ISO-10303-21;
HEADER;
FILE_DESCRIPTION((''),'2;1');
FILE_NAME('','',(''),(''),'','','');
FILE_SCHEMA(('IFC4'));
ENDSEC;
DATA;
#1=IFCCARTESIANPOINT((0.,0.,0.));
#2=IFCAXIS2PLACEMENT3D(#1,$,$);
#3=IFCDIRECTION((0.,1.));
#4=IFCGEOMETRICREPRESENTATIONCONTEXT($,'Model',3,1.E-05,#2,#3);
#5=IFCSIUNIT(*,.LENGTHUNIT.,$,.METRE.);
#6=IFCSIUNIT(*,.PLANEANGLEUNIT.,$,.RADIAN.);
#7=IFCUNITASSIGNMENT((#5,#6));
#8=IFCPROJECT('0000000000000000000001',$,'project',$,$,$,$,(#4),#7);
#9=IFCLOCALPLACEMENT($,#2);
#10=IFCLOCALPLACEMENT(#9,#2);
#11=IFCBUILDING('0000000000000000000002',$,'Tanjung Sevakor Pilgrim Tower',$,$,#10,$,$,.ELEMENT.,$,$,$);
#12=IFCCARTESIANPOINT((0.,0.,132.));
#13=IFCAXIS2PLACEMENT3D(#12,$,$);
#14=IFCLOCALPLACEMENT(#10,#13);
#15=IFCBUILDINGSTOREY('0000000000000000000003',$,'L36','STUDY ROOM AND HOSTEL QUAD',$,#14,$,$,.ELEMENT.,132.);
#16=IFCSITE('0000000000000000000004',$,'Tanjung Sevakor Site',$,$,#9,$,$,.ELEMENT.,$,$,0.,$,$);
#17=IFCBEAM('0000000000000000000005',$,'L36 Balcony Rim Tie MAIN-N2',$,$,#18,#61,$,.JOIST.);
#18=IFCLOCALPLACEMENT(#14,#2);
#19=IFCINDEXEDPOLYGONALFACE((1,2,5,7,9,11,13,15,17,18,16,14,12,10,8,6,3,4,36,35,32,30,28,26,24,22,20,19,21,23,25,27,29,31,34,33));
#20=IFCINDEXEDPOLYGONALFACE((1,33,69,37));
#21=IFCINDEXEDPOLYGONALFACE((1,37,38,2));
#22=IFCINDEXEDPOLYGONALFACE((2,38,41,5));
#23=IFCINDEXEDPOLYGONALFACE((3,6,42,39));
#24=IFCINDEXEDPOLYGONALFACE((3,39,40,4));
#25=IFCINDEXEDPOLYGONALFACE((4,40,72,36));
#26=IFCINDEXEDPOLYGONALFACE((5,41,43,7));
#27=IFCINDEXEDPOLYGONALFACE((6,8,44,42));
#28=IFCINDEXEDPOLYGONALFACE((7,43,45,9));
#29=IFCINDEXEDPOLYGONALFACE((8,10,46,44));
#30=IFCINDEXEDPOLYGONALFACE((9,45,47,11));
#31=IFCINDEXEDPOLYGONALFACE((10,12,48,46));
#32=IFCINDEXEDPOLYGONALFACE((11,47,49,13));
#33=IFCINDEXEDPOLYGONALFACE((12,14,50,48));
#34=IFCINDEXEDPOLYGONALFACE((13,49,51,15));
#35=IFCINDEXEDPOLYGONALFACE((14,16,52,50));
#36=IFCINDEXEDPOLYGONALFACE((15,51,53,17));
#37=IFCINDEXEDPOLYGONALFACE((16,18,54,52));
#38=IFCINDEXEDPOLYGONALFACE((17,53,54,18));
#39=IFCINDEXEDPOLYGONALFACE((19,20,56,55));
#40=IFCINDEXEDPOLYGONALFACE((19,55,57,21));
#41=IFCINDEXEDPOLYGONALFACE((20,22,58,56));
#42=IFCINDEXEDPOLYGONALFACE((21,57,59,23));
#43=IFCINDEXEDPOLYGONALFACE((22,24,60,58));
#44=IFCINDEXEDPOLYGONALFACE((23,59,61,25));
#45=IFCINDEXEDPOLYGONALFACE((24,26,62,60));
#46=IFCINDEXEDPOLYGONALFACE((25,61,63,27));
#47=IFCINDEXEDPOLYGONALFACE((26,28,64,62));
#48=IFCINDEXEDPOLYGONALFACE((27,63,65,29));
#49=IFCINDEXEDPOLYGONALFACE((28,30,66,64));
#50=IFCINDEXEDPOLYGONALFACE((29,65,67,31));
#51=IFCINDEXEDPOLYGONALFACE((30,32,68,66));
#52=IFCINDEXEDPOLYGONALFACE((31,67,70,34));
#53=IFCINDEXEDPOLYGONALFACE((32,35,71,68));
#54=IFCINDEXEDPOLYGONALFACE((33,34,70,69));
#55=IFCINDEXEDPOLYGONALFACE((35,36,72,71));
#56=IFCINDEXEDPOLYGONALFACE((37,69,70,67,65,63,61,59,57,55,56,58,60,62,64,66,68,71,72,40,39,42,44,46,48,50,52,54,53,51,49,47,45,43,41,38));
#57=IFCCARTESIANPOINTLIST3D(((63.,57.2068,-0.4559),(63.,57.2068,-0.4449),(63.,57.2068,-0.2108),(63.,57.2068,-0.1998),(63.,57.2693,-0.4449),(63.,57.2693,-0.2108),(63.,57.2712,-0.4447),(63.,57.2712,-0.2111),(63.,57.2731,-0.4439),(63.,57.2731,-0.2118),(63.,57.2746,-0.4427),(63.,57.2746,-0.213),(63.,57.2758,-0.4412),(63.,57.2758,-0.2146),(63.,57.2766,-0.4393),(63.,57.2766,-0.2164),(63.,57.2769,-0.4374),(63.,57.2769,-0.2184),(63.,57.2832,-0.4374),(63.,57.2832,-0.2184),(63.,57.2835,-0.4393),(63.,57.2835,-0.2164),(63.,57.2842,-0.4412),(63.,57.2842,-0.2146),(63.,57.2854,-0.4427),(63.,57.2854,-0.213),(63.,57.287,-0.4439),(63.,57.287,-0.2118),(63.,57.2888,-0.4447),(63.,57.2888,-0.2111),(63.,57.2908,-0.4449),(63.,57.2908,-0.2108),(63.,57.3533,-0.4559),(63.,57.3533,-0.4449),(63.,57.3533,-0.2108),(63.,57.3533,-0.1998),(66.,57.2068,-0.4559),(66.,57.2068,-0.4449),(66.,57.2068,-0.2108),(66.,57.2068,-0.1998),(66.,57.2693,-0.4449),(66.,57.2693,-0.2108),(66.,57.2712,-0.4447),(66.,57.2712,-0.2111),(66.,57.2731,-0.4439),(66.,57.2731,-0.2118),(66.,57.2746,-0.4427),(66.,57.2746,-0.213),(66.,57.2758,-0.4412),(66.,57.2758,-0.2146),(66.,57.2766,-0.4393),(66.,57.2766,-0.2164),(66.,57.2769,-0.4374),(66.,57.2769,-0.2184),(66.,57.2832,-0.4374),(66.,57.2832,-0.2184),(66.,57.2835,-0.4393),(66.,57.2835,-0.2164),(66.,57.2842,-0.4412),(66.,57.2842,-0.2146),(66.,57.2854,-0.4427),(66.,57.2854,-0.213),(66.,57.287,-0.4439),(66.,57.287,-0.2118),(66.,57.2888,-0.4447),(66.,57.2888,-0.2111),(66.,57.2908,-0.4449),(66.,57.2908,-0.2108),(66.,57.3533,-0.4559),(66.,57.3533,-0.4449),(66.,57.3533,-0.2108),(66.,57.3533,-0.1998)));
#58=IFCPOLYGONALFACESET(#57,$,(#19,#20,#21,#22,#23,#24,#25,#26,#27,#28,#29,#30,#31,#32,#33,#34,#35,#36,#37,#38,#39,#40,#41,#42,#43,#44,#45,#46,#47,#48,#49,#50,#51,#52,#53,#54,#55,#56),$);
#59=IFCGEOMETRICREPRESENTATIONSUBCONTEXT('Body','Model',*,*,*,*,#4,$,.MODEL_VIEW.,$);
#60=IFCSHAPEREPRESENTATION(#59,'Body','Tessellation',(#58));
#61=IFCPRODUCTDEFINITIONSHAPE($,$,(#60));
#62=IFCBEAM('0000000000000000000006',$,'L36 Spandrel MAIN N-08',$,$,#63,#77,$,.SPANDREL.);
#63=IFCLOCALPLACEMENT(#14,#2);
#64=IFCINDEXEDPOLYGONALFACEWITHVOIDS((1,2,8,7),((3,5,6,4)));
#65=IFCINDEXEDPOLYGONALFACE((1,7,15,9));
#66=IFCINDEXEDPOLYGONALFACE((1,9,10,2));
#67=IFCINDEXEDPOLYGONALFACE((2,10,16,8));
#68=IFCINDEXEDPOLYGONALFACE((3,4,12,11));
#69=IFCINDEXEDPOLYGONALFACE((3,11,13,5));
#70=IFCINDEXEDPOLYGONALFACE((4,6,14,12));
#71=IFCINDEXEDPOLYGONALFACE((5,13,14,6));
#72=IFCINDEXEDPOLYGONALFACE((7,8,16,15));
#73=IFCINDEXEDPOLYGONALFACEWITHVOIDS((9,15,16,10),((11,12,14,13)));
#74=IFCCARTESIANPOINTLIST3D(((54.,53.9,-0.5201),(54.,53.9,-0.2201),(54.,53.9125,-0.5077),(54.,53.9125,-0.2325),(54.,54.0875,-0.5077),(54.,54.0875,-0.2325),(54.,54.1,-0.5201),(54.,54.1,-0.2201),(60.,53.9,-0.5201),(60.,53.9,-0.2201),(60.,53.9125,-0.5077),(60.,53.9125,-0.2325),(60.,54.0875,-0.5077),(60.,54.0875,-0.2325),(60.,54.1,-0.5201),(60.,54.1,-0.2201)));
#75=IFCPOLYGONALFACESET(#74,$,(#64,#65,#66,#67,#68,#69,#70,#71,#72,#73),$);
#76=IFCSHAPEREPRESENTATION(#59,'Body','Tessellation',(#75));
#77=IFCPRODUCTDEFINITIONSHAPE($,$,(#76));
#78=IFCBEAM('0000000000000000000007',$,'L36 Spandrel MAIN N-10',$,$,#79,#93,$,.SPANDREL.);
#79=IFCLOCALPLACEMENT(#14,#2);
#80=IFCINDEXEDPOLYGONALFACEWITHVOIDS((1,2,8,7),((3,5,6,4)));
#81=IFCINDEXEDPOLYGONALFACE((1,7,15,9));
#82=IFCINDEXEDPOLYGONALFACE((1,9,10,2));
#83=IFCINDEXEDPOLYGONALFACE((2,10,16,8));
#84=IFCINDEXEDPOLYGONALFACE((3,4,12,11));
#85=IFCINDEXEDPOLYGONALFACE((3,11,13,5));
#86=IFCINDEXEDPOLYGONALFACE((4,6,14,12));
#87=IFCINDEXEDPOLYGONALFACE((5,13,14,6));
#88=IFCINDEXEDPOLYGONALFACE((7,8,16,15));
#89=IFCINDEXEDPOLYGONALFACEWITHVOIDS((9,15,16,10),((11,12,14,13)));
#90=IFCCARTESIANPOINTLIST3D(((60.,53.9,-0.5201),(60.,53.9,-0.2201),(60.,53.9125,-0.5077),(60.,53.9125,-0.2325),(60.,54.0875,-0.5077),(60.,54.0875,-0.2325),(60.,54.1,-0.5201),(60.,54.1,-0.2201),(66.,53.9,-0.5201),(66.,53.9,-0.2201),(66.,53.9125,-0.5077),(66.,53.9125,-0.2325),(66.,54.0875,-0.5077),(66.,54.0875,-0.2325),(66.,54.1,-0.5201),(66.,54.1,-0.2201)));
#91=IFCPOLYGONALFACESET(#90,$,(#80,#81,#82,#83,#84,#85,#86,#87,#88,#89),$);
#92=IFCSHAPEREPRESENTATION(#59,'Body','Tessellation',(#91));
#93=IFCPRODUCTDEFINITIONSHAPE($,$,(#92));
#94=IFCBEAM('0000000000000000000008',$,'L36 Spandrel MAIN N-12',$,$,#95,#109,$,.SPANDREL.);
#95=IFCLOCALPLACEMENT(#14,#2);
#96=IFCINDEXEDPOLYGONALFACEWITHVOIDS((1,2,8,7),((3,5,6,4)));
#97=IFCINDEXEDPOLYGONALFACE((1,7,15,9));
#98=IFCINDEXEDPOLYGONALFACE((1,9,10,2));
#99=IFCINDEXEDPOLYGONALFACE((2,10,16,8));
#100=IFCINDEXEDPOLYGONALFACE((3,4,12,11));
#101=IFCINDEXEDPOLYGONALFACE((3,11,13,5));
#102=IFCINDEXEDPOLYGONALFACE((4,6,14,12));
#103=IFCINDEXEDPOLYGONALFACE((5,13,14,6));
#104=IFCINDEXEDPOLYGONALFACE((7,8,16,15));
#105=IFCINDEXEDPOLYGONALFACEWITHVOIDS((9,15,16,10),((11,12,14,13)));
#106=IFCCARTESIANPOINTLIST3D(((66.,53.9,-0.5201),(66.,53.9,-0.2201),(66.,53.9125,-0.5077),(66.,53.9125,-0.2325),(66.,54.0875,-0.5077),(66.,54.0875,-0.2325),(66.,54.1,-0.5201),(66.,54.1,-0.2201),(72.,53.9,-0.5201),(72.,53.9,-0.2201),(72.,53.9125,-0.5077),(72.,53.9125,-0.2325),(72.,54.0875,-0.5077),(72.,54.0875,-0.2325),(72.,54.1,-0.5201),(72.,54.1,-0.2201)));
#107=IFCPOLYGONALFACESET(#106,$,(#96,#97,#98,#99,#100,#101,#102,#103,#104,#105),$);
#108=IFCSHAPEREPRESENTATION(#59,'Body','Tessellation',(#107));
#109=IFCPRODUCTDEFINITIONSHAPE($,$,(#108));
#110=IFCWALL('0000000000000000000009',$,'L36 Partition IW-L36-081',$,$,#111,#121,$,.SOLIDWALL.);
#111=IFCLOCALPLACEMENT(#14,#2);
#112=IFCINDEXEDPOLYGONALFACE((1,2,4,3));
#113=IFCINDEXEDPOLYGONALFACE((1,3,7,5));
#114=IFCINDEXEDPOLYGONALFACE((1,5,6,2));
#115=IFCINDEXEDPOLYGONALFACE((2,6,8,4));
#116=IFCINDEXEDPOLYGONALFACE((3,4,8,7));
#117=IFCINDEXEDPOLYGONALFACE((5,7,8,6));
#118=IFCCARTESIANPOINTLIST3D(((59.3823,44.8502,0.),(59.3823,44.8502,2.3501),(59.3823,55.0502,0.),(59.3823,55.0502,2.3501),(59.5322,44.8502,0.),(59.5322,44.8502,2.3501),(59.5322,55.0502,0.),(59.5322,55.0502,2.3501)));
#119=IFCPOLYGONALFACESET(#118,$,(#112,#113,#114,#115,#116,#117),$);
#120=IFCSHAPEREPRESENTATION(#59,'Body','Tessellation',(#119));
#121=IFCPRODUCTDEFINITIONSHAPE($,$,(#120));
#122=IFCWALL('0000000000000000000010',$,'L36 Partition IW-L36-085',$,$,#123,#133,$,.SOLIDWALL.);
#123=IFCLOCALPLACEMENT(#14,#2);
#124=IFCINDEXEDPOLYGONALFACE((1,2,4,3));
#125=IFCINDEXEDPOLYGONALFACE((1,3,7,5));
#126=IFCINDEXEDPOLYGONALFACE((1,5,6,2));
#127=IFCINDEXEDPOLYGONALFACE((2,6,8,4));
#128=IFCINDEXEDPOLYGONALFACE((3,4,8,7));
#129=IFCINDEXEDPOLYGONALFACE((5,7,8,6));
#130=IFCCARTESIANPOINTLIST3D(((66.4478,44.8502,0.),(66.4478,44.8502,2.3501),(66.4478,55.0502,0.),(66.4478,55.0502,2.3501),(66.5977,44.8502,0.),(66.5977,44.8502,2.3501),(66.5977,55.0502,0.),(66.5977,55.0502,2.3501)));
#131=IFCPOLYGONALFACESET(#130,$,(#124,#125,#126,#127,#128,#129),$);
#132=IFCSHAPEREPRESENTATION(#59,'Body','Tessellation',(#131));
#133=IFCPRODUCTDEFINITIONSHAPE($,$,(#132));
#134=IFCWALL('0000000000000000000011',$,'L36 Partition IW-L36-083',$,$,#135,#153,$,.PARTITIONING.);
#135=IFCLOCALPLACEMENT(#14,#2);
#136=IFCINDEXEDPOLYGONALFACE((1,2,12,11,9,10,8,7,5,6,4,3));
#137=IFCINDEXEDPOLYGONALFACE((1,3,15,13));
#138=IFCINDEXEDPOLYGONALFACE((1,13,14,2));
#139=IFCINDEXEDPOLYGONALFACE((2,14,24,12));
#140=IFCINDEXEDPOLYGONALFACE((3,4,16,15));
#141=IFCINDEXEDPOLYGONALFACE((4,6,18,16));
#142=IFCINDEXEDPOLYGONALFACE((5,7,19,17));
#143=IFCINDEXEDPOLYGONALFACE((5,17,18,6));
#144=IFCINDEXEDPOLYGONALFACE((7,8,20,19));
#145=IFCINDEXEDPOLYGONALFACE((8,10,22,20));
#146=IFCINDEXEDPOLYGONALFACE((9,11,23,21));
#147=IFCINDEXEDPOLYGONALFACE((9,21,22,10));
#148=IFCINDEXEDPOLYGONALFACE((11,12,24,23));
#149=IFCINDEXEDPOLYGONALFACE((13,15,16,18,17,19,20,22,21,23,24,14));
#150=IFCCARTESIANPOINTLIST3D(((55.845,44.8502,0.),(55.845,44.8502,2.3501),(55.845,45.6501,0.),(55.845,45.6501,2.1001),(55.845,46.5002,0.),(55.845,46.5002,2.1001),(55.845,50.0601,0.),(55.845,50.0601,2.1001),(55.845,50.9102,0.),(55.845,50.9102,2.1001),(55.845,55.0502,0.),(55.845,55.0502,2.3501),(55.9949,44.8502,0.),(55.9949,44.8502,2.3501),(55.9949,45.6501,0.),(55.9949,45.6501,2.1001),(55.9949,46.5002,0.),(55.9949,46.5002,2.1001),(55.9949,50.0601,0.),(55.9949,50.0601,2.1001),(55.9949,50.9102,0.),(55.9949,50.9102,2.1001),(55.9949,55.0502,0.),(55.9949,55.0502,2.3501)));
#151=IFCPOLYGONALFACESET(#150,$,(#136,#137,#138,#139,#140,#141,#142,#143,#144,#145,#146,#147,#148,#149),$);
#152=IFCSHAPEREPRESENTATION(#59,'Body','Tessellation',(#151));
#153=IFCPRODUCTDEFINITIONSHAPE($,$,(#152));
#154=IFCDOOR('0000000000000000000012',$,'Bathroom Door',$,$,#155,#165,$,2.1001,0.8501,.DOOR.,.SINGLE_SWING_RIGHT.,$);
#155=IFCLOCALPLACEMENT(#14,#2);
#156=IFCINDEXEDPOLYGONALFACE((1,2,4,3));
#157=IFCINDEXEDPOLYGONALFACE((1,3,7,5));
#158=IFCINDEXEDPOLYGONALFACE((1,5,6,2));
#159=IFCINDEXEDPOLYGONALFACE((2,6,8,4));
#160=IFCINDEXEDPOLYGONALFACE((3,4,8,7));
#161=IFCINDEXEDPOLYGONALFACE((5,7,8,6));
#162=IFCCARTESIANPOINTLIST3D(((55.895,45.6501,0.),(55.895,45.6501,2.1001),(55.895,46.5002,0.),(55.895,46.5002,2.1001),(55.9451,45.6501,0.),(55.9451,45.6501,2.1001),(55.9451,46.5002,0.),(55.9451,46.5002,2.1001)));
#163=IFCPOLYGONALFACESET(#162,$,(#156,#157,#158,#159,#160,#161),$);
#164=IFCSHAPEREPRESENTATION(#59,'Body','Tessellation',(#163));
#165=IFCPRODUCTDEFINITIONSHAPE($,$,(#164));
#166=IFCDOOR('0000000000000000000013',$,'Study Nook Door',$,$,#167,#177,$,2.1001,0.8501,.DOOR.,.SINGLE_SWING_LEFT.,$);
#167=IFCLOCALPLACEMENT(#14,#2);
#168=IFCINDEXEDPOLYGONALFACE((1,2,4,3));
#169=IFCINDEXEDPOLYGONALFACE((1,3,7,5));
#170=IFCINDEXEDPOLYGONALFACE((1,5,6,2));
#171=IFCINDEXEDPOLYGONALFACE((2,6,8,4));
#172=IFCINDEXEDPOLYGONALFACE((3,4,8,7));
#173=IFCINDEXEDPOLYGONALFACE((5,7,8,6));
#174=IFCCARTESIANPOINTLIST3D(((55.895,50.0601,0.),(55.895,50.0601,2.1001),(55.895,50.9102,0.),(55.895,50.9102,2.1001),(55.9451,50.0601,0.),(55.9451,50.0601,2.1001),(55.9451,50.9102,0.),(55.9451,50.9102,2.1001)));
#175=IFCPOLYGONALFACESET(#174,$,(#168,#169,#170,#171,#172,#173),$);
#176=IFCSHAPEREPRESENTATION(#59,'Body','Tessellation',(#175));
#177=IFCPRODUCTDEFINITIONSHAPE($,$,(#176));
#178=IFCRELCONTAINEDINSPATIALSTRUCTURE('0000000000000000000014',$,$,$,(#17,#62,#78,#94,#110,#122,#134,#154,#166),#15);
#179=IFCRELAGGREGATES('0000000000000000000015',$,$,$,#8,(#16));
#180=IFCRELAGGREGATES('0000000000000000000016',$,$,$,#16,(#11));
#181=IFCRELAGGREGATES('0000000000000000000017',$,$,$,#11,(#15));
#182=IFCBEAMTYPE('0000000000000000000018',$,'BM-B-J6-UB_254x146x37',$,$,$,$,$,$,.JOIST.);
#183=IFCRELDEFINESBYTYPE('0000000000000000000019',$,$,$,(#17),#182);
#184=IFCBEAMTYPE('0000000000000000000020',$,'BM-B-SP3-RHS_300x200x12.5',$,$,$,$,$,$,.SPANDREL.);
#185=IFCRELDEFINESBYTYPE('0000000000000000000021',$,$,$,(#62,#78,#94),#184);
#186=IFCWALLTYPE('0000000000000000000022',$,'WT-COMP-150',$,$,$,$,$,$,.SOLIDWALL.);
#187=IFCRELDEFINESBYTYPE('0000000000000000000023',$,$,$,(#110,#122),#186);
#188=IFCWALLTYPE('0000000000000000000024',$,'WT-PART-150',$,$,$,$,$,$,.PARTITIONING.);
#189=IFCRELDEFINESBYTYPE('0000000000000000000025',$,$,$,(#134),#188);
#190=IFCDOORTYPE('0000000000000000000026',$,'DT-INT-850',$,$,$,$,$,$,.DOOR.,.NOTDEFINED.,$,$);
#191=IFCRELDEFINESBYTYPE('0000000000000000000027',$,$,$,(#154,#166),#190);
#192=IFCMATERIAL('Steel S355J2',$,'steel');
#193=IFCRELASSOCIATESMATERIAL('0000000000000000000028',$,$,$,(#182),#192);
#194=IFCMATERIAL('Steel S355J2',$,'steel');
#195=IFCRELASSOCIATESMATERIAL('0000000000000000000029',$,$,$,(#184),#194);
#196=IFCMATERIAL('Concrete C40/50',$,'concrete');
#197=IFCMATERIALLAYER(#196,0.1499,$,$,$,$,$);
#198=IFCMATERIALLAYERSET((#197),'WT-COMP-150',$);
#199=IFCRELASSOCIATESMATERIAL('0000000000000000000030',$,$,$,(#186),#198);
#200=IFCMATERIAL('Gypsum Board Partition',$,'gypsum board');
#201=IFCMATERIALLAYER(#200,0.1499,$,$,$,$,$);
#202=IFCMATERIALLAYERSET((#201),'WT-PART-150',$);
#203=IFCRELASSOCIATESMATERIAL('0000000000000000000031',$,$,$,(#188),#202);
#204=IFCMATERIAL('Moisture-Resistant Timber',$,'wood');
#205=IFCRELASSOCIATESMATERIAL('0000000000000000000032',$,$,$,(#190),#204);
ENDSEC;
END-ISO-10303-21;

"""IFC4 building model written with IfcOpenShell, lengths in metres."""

from ifc_helpers import new_model, si_unit, direction, frame, frame_2d, origin, origin_2d, place, context, subcontext, project, spatial, rectangle, hollow_rectangle, i_section, extrude, material, layer, layer_set, material_profile, profile_set, type_object, element, fill, save


model = new_model("IFC4")

# Units and contexts
model_context = context("Model", 3, precision=1e-05, world=origin(), true_north=direction((0.0, 1.0)))
body_context = subcontext(model_context, "Body", "Model", "MODEL_VIEW")
ifc_project = project(units=[si_unit("LENGTHUNIT", "METRE"), si_unit("PLANEANGLEUNIT", "RADIAN")], contexts=[model_context])

# Site, building, storey
site_placement = place(None, origin())
site = spatial("IfcSite", under=ifc_project, at=site_placement, Name="Tanjung Sevakor Site", CompositionType="ELEMENT", RefElevation=0.0)
building_placement = place(site_placement, origin())
building = spatial("IfcBuilding", under=site, at=building_placement, Name="Tanjung Sevakor Pilgrim Tower", CompositionType="ELEMENT")
storey_placement = place(building_placement, frame((0.0, 0.0, 132.0)))
storey = spatial("IfcBuildingStorey", under=building, at=storey_placement, Name="L36", Description="STUDY ROOM AND HOSTEL QUAD", CompositionType="ELEMENT", Elevation=132.0)

# Beams
ifc_material_1 = material(Name="Steel S355J2", Category="steel")
ifc_material_profile_1 = material_profile(ifc_material_1, i_section(OverallWidth=0.1465, OverallDepth=0.2561, WebThickness=0.0063, FlangeThickness=0.011, FilletRadius=0.0076, at=origin_2d()))
ifc_profile_set_1 = profile_set([ifc_material_profile_1], Name="Steel S355J2")
beam_type_1 = type_object("IfcBeamType", Name="BM-B-J6-UB_254x146x37", PredefinedType="JOIST", material=ifc_profile_set_1)
beam_1_placement = place(storey_placement, frame((63.0, 57.28, -0.3279), z_axis=(1.0, 0.0, 0.0), x_axis=(0.0, 1.0, 0.0)))
element("IfcBeam", 1, at=beam_1_placement, inside=storey, type_object=beam_type_1, Name="L36 Balcony Rim Tie MAIN-N2", PredefinedType="JOIST", context=body_context, shape_type="SweptSolid", body=[
    extrude(i_section(OverallWidth=0.1465, OverallDepth=0.2561, WebThickness=0.0063, FlangeThickness=0.011, FilletRadius=0.0076, at=origin_2d()), origin(), (0.0, 0.0, 1.0), 3.0),
])
ifc_material_2 = material(Name="Steel S355J2", Category="steel")
ifc_material_profile_2 = material_profile(ifc_material_2, hollow_rectangle(XDim=0.2, YDim=0.3, WallThickness=0.0125, at=origin_2d()))
ifc_profile_set_2 = profile_set([ifc_material_profile_2], Name="Steel S355J2")
beam_type_2 = type_object("IfcBeamType", Name="BM-B-SP3-RHS_300x200x12.5", PredefinedType="SPANDREL", material=ifc_profile_set_2)
for number, where, z_axis, x_axis, name in (
    (2, (54.0, 54.0, -0.3701), (1.0, 0.0, 0.0), (0.0, 1.0, 0.0), "L36 Spandrel MAIN N-08"),
    (3, (60.0, 54.0, -0.3701), (1.0, 0.0, 0.0), (0.0, 1.0, 0.0), "L36 Spandrel MAIN N-10"),
    (4, (66.0, 54.0, -0.3701), (1.0, 0.0, 0.0), (0.0, 1.0, 0.0), "L36 Spandrel MAIN N-12"),
):
    element("IfcBeam", number, at=place(storey_placement, frame(where, z_axis=z_axis, x_axis=x_axis)), inside=storey, type_object=beam_type_2, Name=name, PredefinedType="SPANDREL", context=body_context, shape_type="SweptSolid", body=[
        extrude(hollow_rectangle(XDim=0.2, YDim=0.3, WallThickness=0.0125, at=origin_2d()), origin(), (0.0, 0.0, 1.0), 6.0),
    ])

# Walls
ifc_material_3 = material(Name="Concrete C40/50", Category="concrete")
ifc_layer_1 = layer(ifc_material_3, 0.1499)
ifc_layer_set_1 = layer_set([ifc_layer_1], Name="WT-COMP-150")
wall_type_1 = type_object("IfcWallType", Name="WT-COMP-150", PredefinedType="SOLIDWALL", material=ifc_layer_set_1)
for number, where, z_axis, x_axis, name in (
    (5, (59.4573, 44.8501, 0.0), (0.0, 0.0, 1.0), (0.0, 1.0, 0.0), "L36 Partition IW-L36-081"),
    (6, (66.5227, 44.8501, 0.0), (0.0, 0.0, 1.0), (0.0, 1.0, 0.0), "L36 Partition IW-L36-085"),
):
    element("IfcWall", number, at=place(storey_placement, frame(where, z_axis=z_axis, x_axis=x_axis)), inside=storey, type_object=wall_type_1, Name=name, PredefinedType="SOLIDWALL", context=body_context, shape_type="SweptSolid", body=[
        extrude(rectangle(XDim=10.2, YDim=0.1499, at=frame_2d((5.1001, 0.0))), origin(), (0.0, 0.0, 1.0), 2.3501),
    ])

# Wall, openings, doors
ifc_material_4 = material(Name="Gypsum Board Partition", Category="gypsum board")
ifc_layer_2 = layer(ifc_material_4, 0.1499)
ifc_layer_set_2 = layer_set([ifc_layer_2], Name="WT-PART-150")
wall_type_2 = type_object("IfcWallType", Name="WT-PART-150", PredefinedType="PARTITIONING", material=ifc_layer_set_2)
wall_1_placement = place(storey_placement, frame((55.9199, 44.8501, 0.0), z_axis=(0.0, 0.0, 1.0), x_axis=(0.0, 1.0, 0.0)))
wall_1 = element("IfcWall", 7, at=wall_1_placement, inside=storey, type_object=wall_type_2, Name="L36 Partition IW-L36-083", PredefinedType="PARTITIONING", context=body_context, shape_type="SweptSolid", body=[
    extrude(rectangle(XDim=10.2, YDim=0.1499, at=frame_2d((5.1001, 0.0))), origin(), (0.0, 0.0, 1.0), 2.3501),
])
opening_1_placement = place(wall_1_placement, frame((0.8, 0.0, 0.0)))
opening_1 = element("IfcOpeningElement", 8, at=opening_1_placement, cuts=wall_1, PredefinedType="OPENING", context=body_context, shape_type="SweptSolid", body=[
    extrude(rectangle(XDim=0.8501, YDim=2.1001, at=frame_2d((0.425, 1.05))), frame((0.0, 0.085, 0.0), z_axis=(0.0, -1.0, 0.0), x_axis=(1.0, 0.0, 0.0)), (0.0, 0.0, 1.0), 0.1699),
])
opening_2_placement = place(wall_1_placement, frame((5.21, 0.0, 0.0)))
opening_2 = element("IfcOpeningElement", 9, at=opening_2_placement, cuts=wall_1, PredefinedType="OPENING", context=body_context, shape_type="SweptSolid", body=[
    extrude(rectangle(XDim=0.8501, YDim=2.1001, at=frame_2d((0.425, 1.05))), frame((0.0, 0.085, 0.0), z_axis=(0.0, -1.0, 0.0), x_axis=(1.0, 0.0, 0.0)), (0.0, 0.0, 1.0), 0.1699),
])
ifc_material_5 = material(Name="Moisture-Resistant Timber", Category="wood")
door_type_1 = type_object("IfcDoorType", Name="DT-INT-850", OperationType="NOTDEFINED", PredefinedType="DOOR", material=ifc_material_5)
door_1_placement = place(opening_1_placement, origin())
door_1 = element("IfcDoor", 10, at=door_1_placement, inside=storey, type_object=door_type_1, Name="Bathroom Door", OperationType="SINGLE_SWING_RIGHT", OverallHeight=2.1001, OverallWidth=0.8501, PredefinedType="DOOR", context=body_context, shape_type="SweptSolid", body=[
    extrude(rectangle(XDim=0.8501, YDim=2.1001, at=frame_2d((0.425, 1.05))), frame((0.0, 0.0249, 0.0), z_axis=(0.0, -1.0, 0.0), x_axis=(1.0, 0.0, 0.0)), (0.0, 0.0, 1.0), 0.05),
])
fill(opening_1, door_1)
door_2_placement = place(opening_2_placement, origin())
door_2 = element("IfcDoor", 11, at=door_2_placement, inside=storey, type_object=door_type_1, Name="Study Nook Door", OperationType="SINGLE_SWING_LEFT", OverallHeight=2.1001, OverallWidth=0.8501, PredefinedType="DOOR", context=body_context, shape_type="SweptSolid", body=[
    extrude(rectangle(XDim=0.8501, YDim=2.1001, at=frame_2d((0.425, 1.05))), frame((0.0, 0.0249, 0.0), z_axis=(0.0, -1.0, 0.0), x_axis=(1.0, 0.0, 0.0)), (0.0, 0.0, 1.0), 0.05),
])
fill(opening_2, door_2)

save(model, "model.ifc")
